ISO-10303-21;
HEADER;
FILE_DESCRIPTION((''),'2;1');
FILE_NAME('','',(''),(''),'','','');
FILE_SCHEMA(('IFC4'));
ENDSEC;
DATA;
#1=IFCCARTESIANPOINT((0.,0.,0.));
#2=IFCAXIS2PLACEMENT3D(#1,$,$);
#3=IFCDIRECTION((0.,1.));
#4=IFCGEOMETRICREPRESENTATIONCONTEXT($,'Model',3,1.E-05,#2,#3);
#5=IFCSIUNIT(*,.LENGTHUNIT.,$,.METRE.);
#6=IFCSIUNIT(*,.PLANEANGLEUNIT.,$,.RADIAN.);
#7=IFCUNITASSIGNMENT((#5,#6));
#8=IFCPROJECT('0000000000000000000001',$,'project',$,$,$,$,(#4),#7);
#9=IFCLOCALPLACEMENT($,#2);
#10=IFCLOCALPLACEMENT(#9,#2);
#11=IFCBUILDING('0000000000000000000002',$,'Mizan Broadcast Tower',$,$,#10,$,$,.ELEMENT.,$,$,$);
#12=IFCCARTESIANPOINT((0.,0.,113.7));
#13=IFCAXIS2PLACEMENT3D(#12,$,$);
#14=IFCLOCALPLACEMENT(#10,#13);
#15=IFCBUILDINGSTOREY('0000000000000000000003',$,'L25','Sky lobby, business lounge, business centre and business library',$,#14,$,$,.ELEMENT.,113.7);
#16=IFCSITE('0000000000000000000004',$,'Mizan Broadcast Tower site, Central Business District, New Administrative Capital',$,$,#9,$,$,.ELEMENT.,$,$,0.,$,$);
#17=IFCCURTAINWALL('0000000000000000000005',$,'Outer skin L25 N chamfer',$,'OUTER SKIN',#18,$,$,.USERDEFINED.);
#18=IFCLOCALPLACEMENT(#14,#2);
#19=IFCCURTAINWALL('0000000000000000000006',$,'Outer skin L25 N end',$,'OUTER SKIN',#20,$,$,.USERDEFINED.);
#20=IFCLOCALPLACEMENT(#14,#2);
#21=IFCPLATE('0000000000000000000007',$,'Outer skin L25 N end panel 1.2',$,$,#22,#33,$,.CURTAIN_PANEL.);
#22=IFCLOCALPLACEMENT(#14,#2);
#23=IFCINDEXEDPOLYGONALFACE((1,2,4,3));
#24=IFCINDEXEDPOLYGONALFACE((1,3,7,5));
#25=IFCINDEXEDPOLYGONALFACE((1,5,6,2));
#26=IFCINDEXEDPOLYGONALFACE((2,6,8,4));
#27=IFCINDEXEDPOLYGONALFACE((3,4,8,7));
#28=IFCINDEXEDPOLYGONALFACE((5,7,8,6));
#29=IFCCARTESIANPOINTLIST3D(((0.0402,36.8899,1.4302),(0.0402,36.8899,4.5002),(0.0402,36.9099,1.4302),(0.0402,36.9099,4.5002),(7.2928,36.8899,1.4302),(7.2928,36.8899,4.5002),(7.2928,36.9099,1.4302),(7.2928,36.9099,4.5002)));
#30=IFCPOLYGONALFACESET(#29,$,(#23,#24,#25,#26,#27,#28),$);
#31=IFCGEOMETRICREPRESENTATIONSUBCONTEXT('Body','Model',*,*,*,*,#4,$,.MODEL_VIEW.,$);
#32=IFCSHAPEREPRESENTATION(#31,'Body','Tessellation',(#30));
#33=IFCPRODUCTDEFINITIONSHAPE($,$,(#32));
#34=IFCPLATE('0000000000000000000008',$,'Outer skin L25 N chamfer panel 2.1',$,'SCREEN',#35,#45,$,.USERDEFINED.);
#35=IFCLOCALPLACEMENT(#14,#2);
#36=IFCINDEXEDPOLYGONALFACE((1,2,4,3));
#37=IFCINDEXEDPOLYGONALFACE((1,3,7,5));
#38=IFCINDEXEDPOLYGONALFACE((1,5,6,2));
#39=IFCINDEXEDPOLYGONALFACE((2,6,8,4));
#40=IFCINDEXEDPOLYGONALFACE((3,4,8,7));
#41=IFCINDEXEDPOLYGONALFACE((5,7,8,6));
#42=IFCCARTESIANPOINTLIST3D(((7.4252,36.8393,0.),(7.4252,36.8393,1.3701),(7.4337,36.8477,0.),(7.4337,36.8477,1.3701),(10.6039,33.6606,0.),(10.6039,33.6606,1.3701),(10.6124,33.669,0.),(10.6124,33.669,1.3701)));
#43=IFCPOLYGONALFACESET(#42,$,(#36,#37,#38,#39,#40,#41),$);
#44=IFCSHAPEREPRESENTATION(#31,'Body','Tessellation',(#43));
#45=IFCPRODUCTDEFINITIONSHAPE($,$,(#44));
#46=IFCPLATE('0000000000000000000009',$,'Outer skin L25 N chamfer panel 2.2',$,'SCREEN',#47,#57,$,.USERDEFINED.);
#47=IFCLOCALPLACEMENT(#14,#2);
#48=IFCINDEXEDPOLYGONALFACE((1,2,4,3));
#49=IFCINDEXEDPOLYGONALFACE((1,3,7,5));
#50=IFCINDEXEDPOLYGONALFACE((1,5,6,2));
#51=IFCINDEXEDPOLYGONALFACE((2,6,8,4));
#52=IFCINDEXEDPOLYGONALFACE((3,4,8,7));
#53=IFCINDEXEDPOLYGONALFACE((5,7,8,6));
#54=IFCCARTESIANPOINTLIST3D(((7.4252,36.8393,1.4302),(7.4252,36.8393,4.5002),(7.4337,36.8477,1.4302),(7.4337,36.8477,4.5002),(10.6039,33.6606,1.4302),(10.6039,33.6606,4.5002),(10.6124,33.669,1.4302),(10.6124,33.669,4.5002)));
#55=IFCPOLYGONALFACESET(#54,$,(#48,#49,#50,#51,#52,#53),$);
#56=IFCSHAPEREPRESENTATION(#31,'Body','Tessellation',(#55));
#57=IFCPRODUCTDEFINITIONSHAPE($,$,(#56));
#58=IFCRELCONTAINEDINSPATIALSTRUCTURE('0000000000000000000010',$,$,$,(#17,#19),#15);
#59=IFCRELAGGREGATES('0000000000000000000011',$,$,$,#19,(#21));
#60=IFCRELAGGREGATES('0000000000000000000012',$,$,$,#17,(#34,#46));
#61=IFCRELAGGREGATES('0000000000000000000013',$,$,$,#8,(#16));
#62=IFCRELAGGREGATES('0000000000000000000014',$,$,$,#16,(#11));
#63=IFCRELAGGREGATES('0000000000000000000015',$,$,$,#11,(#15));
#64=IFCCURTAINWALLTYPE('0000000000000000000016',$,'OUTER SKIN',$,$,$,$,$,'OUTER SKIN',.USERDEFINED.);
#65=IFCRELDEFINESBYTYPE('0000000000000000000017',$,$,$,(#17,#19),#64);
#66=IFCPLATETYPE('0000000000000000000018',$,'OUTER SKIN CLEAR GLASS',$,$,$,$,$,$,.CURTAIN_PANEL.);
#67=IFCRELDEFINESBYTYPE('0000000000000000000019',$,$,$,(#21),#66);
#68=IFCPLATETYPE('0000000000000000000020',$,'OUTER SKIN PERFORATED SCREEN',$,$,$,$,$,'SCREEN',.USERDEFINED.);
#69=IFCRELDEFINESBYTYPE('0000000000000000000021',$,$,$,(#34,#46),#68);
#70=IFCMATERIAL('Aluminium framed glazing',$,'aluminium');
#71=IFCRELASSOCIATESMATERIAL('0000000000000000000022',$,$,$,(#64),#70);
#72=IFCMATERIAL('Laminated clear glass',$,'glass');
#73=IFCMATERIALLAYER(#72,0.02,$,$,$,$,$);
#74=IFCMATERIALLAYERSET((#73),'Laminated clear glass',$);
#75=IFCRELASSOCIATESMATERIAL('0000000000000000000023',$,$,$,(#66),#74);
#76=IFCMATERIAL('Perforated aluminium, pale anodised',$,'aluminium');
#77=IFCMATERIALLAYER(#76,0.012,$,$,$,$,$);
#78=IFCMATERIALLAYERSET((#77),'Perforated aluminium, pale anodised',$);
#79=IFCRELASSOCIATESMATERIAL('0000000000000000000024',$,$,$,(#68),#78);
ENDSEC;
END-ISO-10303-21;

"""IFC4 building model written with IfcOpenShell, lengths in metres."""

from ifc_helpers import new_model, si_unit, direction, frame, origin, origin_2d, place, context, subcontext, project, spatial, rectangle, extrude, material, layer, layer_set, type_object, element, aggregate, save


model = new_model("IFC4")

# Units and contexts
model_context = context("Model", 3, precision=1e-05, world=origin(), true_north=direction((0.0, 1.0)))
body_context = subcontext(model_context, "Body", "Model", "MODEL_VIEW")
ifc_project = project(units=[si_unit("LENGTHUNIT", "METRE"), si_unit("PLANEANGLEUNIT", "RADIAN")], contexts=[model_context])

# Site, building, storey
site_placement = place(None, origin())
site = spatial("IfcSite", under=ifc_project, at=site_placement, Name="Mizan Broadcast Tower site, Central Business District, New Administrative Capital", CompositionType="ELEMENT", RefElevation=0.0)
building_placement = place(site_placement, origin())
building = spatial("IfcBuilding", under=site, at=building_placement, Name="Mizan Broadcast Tower", CompositionType="ELEMENT")
storey_placement = place(building_placement, frame((0.0, 0.0, 113.7)))
storey = spatial("IfcBuildingStorey", under=building, at=storey_placement, Name="L25", Description="Sky lobby, business lounge, business centre and business library", CompositionType="ELEMENT", Elevation=113.7)

# Curtain wall
ifc_material_1 = material(Name="Aluminium framed glazing", Category="aluminium")
curtain_wall_type_1 = type_object("IfcCurtainWallType", Name="OUTER SKIN", ElementType="OUTER SKIN", PredefinedType="USERDEFINED", material=ifc_material_1)
curtain_wall_1_placement = place(storey_placement, origin())
curtain_wall_1 = element("IfcCurtainWall", 1, at=curtain_wall_1_placement, inside=storey, type_object=curtain_wall_type_1, Name="Outer skin L25 N chamfer", ObjectType="OUTER SKIN", PredefinedType="USERDEFINED")

# Curtain wall
curtain_wall_2_placement = place(storey_placement, origin())
curtain_wall_2 = element("IfcCurtainWall", 2, at=curtain_wall_2_placement, inside=storey, type_object=curtain_wall_type_1, Name="Outer skin L25 N end", ObjectType="OUTER SKIN", PredefinedType="USERDEFINED")

# Plates
ifc_material_2 = material(Name="Laminated clear glass", Category="glass")
ifc_layer_1 = layer(ifc_material_2, 0.02)
ifc_layer_set_1 = layer_set([ifc_layer_1], Name="Laminated clear glass")
plate_type_1 = type_object("IfcPlateType", Name="OUTER SKIN CLEAR GLASS", PredefinedType="CURTAIN_PANEL", material=ifc_layer_set_1)
plate_1_placement = place(storey_placement, frame((3.6665, 36.8999, 1.4302), z_axis=(0.0, 0.0, 1.0), x_axis=(-1.0, 0.0, 0.0)))
plate_1 = element("IfcPlate", 3, at=plate_1_placement, type_object=plate_type_1, Name="Outer skin L25 N end panel 1.2", PredefinedType="CURTAIN_PANEL", context=body_context, shape_type="SweptSolid", body=[
    extrude(rectangle(XDim=7.2527, YDim=0.02, at=origin_2d()), origin(), (0.0, 0.0, 1.0), 3.0701),
])
aggregate(curtain_wall_2, [plate_1])
ifc_material_3 = material(Name="Perforated aluminium, pale anodised", Category="aluminium")
ifc_layer_2 = layer(ifc_material_3, 0.012)
ifc_layer_set_2 = layer_set([ifc_layer_2], Name="Perforated aluminium, pale anodised")
plate_type_2 = type_object("IfcPlateType", Name="OUTER SKIN PERFORATED SCREEN", ElementType="SCREEN", PredefinedType="USERDEFINED", material=ifc_layer_set_2)
plate_2_placement = place(storey_placement, frame((9.0188, 35.2542, 0.0), z_axis=(0.0, 0.0, 1.0), x_axis=(-0.707107, 0.707107, 0.0)))
plate_2 = element("IfcPlate", 4, at=plate_2_placement, type_object=plate_type_2, Name="Outer skin L25 N chamfer panel 2.1", ObjectType="SCREEN", PredefinedType="USERDEFINED", context=body_context, shape_type="SweptSolid", body=[
    extrude(rectangle(XDim=4.4954, YDim=0.012, at=origin_2d()), origin(), (0.0, 0.0, 1.0), 1.3701),
])
plate_3_placement = place(storey_placement, frame((9.0188, 35.2542, 1.4302), z_axis=(0.0, 0.0, 1.0), x_axis=(-0.707107, 0.707107, 0.0)))
plate_3 = element("IfcPlate", 5, at=plate_3_placement, type_object=plate_type_2, Name="Outer skin L25 N chamfer panel 2.2", ObjectType="SCREEN", PredefinedType="USERDEFINED", context=body_context, shape_type="SweptSolid", body=[
    extrude(rectangle(XDim=4.4954, YDim=0.012, at=origin_2d()), origin(), (0.0, 0.0, 1.0), 3.0701),
])
aggregate(curtain_wall_1, [plate_2, plate_3])

save(model, "model.ifc")
